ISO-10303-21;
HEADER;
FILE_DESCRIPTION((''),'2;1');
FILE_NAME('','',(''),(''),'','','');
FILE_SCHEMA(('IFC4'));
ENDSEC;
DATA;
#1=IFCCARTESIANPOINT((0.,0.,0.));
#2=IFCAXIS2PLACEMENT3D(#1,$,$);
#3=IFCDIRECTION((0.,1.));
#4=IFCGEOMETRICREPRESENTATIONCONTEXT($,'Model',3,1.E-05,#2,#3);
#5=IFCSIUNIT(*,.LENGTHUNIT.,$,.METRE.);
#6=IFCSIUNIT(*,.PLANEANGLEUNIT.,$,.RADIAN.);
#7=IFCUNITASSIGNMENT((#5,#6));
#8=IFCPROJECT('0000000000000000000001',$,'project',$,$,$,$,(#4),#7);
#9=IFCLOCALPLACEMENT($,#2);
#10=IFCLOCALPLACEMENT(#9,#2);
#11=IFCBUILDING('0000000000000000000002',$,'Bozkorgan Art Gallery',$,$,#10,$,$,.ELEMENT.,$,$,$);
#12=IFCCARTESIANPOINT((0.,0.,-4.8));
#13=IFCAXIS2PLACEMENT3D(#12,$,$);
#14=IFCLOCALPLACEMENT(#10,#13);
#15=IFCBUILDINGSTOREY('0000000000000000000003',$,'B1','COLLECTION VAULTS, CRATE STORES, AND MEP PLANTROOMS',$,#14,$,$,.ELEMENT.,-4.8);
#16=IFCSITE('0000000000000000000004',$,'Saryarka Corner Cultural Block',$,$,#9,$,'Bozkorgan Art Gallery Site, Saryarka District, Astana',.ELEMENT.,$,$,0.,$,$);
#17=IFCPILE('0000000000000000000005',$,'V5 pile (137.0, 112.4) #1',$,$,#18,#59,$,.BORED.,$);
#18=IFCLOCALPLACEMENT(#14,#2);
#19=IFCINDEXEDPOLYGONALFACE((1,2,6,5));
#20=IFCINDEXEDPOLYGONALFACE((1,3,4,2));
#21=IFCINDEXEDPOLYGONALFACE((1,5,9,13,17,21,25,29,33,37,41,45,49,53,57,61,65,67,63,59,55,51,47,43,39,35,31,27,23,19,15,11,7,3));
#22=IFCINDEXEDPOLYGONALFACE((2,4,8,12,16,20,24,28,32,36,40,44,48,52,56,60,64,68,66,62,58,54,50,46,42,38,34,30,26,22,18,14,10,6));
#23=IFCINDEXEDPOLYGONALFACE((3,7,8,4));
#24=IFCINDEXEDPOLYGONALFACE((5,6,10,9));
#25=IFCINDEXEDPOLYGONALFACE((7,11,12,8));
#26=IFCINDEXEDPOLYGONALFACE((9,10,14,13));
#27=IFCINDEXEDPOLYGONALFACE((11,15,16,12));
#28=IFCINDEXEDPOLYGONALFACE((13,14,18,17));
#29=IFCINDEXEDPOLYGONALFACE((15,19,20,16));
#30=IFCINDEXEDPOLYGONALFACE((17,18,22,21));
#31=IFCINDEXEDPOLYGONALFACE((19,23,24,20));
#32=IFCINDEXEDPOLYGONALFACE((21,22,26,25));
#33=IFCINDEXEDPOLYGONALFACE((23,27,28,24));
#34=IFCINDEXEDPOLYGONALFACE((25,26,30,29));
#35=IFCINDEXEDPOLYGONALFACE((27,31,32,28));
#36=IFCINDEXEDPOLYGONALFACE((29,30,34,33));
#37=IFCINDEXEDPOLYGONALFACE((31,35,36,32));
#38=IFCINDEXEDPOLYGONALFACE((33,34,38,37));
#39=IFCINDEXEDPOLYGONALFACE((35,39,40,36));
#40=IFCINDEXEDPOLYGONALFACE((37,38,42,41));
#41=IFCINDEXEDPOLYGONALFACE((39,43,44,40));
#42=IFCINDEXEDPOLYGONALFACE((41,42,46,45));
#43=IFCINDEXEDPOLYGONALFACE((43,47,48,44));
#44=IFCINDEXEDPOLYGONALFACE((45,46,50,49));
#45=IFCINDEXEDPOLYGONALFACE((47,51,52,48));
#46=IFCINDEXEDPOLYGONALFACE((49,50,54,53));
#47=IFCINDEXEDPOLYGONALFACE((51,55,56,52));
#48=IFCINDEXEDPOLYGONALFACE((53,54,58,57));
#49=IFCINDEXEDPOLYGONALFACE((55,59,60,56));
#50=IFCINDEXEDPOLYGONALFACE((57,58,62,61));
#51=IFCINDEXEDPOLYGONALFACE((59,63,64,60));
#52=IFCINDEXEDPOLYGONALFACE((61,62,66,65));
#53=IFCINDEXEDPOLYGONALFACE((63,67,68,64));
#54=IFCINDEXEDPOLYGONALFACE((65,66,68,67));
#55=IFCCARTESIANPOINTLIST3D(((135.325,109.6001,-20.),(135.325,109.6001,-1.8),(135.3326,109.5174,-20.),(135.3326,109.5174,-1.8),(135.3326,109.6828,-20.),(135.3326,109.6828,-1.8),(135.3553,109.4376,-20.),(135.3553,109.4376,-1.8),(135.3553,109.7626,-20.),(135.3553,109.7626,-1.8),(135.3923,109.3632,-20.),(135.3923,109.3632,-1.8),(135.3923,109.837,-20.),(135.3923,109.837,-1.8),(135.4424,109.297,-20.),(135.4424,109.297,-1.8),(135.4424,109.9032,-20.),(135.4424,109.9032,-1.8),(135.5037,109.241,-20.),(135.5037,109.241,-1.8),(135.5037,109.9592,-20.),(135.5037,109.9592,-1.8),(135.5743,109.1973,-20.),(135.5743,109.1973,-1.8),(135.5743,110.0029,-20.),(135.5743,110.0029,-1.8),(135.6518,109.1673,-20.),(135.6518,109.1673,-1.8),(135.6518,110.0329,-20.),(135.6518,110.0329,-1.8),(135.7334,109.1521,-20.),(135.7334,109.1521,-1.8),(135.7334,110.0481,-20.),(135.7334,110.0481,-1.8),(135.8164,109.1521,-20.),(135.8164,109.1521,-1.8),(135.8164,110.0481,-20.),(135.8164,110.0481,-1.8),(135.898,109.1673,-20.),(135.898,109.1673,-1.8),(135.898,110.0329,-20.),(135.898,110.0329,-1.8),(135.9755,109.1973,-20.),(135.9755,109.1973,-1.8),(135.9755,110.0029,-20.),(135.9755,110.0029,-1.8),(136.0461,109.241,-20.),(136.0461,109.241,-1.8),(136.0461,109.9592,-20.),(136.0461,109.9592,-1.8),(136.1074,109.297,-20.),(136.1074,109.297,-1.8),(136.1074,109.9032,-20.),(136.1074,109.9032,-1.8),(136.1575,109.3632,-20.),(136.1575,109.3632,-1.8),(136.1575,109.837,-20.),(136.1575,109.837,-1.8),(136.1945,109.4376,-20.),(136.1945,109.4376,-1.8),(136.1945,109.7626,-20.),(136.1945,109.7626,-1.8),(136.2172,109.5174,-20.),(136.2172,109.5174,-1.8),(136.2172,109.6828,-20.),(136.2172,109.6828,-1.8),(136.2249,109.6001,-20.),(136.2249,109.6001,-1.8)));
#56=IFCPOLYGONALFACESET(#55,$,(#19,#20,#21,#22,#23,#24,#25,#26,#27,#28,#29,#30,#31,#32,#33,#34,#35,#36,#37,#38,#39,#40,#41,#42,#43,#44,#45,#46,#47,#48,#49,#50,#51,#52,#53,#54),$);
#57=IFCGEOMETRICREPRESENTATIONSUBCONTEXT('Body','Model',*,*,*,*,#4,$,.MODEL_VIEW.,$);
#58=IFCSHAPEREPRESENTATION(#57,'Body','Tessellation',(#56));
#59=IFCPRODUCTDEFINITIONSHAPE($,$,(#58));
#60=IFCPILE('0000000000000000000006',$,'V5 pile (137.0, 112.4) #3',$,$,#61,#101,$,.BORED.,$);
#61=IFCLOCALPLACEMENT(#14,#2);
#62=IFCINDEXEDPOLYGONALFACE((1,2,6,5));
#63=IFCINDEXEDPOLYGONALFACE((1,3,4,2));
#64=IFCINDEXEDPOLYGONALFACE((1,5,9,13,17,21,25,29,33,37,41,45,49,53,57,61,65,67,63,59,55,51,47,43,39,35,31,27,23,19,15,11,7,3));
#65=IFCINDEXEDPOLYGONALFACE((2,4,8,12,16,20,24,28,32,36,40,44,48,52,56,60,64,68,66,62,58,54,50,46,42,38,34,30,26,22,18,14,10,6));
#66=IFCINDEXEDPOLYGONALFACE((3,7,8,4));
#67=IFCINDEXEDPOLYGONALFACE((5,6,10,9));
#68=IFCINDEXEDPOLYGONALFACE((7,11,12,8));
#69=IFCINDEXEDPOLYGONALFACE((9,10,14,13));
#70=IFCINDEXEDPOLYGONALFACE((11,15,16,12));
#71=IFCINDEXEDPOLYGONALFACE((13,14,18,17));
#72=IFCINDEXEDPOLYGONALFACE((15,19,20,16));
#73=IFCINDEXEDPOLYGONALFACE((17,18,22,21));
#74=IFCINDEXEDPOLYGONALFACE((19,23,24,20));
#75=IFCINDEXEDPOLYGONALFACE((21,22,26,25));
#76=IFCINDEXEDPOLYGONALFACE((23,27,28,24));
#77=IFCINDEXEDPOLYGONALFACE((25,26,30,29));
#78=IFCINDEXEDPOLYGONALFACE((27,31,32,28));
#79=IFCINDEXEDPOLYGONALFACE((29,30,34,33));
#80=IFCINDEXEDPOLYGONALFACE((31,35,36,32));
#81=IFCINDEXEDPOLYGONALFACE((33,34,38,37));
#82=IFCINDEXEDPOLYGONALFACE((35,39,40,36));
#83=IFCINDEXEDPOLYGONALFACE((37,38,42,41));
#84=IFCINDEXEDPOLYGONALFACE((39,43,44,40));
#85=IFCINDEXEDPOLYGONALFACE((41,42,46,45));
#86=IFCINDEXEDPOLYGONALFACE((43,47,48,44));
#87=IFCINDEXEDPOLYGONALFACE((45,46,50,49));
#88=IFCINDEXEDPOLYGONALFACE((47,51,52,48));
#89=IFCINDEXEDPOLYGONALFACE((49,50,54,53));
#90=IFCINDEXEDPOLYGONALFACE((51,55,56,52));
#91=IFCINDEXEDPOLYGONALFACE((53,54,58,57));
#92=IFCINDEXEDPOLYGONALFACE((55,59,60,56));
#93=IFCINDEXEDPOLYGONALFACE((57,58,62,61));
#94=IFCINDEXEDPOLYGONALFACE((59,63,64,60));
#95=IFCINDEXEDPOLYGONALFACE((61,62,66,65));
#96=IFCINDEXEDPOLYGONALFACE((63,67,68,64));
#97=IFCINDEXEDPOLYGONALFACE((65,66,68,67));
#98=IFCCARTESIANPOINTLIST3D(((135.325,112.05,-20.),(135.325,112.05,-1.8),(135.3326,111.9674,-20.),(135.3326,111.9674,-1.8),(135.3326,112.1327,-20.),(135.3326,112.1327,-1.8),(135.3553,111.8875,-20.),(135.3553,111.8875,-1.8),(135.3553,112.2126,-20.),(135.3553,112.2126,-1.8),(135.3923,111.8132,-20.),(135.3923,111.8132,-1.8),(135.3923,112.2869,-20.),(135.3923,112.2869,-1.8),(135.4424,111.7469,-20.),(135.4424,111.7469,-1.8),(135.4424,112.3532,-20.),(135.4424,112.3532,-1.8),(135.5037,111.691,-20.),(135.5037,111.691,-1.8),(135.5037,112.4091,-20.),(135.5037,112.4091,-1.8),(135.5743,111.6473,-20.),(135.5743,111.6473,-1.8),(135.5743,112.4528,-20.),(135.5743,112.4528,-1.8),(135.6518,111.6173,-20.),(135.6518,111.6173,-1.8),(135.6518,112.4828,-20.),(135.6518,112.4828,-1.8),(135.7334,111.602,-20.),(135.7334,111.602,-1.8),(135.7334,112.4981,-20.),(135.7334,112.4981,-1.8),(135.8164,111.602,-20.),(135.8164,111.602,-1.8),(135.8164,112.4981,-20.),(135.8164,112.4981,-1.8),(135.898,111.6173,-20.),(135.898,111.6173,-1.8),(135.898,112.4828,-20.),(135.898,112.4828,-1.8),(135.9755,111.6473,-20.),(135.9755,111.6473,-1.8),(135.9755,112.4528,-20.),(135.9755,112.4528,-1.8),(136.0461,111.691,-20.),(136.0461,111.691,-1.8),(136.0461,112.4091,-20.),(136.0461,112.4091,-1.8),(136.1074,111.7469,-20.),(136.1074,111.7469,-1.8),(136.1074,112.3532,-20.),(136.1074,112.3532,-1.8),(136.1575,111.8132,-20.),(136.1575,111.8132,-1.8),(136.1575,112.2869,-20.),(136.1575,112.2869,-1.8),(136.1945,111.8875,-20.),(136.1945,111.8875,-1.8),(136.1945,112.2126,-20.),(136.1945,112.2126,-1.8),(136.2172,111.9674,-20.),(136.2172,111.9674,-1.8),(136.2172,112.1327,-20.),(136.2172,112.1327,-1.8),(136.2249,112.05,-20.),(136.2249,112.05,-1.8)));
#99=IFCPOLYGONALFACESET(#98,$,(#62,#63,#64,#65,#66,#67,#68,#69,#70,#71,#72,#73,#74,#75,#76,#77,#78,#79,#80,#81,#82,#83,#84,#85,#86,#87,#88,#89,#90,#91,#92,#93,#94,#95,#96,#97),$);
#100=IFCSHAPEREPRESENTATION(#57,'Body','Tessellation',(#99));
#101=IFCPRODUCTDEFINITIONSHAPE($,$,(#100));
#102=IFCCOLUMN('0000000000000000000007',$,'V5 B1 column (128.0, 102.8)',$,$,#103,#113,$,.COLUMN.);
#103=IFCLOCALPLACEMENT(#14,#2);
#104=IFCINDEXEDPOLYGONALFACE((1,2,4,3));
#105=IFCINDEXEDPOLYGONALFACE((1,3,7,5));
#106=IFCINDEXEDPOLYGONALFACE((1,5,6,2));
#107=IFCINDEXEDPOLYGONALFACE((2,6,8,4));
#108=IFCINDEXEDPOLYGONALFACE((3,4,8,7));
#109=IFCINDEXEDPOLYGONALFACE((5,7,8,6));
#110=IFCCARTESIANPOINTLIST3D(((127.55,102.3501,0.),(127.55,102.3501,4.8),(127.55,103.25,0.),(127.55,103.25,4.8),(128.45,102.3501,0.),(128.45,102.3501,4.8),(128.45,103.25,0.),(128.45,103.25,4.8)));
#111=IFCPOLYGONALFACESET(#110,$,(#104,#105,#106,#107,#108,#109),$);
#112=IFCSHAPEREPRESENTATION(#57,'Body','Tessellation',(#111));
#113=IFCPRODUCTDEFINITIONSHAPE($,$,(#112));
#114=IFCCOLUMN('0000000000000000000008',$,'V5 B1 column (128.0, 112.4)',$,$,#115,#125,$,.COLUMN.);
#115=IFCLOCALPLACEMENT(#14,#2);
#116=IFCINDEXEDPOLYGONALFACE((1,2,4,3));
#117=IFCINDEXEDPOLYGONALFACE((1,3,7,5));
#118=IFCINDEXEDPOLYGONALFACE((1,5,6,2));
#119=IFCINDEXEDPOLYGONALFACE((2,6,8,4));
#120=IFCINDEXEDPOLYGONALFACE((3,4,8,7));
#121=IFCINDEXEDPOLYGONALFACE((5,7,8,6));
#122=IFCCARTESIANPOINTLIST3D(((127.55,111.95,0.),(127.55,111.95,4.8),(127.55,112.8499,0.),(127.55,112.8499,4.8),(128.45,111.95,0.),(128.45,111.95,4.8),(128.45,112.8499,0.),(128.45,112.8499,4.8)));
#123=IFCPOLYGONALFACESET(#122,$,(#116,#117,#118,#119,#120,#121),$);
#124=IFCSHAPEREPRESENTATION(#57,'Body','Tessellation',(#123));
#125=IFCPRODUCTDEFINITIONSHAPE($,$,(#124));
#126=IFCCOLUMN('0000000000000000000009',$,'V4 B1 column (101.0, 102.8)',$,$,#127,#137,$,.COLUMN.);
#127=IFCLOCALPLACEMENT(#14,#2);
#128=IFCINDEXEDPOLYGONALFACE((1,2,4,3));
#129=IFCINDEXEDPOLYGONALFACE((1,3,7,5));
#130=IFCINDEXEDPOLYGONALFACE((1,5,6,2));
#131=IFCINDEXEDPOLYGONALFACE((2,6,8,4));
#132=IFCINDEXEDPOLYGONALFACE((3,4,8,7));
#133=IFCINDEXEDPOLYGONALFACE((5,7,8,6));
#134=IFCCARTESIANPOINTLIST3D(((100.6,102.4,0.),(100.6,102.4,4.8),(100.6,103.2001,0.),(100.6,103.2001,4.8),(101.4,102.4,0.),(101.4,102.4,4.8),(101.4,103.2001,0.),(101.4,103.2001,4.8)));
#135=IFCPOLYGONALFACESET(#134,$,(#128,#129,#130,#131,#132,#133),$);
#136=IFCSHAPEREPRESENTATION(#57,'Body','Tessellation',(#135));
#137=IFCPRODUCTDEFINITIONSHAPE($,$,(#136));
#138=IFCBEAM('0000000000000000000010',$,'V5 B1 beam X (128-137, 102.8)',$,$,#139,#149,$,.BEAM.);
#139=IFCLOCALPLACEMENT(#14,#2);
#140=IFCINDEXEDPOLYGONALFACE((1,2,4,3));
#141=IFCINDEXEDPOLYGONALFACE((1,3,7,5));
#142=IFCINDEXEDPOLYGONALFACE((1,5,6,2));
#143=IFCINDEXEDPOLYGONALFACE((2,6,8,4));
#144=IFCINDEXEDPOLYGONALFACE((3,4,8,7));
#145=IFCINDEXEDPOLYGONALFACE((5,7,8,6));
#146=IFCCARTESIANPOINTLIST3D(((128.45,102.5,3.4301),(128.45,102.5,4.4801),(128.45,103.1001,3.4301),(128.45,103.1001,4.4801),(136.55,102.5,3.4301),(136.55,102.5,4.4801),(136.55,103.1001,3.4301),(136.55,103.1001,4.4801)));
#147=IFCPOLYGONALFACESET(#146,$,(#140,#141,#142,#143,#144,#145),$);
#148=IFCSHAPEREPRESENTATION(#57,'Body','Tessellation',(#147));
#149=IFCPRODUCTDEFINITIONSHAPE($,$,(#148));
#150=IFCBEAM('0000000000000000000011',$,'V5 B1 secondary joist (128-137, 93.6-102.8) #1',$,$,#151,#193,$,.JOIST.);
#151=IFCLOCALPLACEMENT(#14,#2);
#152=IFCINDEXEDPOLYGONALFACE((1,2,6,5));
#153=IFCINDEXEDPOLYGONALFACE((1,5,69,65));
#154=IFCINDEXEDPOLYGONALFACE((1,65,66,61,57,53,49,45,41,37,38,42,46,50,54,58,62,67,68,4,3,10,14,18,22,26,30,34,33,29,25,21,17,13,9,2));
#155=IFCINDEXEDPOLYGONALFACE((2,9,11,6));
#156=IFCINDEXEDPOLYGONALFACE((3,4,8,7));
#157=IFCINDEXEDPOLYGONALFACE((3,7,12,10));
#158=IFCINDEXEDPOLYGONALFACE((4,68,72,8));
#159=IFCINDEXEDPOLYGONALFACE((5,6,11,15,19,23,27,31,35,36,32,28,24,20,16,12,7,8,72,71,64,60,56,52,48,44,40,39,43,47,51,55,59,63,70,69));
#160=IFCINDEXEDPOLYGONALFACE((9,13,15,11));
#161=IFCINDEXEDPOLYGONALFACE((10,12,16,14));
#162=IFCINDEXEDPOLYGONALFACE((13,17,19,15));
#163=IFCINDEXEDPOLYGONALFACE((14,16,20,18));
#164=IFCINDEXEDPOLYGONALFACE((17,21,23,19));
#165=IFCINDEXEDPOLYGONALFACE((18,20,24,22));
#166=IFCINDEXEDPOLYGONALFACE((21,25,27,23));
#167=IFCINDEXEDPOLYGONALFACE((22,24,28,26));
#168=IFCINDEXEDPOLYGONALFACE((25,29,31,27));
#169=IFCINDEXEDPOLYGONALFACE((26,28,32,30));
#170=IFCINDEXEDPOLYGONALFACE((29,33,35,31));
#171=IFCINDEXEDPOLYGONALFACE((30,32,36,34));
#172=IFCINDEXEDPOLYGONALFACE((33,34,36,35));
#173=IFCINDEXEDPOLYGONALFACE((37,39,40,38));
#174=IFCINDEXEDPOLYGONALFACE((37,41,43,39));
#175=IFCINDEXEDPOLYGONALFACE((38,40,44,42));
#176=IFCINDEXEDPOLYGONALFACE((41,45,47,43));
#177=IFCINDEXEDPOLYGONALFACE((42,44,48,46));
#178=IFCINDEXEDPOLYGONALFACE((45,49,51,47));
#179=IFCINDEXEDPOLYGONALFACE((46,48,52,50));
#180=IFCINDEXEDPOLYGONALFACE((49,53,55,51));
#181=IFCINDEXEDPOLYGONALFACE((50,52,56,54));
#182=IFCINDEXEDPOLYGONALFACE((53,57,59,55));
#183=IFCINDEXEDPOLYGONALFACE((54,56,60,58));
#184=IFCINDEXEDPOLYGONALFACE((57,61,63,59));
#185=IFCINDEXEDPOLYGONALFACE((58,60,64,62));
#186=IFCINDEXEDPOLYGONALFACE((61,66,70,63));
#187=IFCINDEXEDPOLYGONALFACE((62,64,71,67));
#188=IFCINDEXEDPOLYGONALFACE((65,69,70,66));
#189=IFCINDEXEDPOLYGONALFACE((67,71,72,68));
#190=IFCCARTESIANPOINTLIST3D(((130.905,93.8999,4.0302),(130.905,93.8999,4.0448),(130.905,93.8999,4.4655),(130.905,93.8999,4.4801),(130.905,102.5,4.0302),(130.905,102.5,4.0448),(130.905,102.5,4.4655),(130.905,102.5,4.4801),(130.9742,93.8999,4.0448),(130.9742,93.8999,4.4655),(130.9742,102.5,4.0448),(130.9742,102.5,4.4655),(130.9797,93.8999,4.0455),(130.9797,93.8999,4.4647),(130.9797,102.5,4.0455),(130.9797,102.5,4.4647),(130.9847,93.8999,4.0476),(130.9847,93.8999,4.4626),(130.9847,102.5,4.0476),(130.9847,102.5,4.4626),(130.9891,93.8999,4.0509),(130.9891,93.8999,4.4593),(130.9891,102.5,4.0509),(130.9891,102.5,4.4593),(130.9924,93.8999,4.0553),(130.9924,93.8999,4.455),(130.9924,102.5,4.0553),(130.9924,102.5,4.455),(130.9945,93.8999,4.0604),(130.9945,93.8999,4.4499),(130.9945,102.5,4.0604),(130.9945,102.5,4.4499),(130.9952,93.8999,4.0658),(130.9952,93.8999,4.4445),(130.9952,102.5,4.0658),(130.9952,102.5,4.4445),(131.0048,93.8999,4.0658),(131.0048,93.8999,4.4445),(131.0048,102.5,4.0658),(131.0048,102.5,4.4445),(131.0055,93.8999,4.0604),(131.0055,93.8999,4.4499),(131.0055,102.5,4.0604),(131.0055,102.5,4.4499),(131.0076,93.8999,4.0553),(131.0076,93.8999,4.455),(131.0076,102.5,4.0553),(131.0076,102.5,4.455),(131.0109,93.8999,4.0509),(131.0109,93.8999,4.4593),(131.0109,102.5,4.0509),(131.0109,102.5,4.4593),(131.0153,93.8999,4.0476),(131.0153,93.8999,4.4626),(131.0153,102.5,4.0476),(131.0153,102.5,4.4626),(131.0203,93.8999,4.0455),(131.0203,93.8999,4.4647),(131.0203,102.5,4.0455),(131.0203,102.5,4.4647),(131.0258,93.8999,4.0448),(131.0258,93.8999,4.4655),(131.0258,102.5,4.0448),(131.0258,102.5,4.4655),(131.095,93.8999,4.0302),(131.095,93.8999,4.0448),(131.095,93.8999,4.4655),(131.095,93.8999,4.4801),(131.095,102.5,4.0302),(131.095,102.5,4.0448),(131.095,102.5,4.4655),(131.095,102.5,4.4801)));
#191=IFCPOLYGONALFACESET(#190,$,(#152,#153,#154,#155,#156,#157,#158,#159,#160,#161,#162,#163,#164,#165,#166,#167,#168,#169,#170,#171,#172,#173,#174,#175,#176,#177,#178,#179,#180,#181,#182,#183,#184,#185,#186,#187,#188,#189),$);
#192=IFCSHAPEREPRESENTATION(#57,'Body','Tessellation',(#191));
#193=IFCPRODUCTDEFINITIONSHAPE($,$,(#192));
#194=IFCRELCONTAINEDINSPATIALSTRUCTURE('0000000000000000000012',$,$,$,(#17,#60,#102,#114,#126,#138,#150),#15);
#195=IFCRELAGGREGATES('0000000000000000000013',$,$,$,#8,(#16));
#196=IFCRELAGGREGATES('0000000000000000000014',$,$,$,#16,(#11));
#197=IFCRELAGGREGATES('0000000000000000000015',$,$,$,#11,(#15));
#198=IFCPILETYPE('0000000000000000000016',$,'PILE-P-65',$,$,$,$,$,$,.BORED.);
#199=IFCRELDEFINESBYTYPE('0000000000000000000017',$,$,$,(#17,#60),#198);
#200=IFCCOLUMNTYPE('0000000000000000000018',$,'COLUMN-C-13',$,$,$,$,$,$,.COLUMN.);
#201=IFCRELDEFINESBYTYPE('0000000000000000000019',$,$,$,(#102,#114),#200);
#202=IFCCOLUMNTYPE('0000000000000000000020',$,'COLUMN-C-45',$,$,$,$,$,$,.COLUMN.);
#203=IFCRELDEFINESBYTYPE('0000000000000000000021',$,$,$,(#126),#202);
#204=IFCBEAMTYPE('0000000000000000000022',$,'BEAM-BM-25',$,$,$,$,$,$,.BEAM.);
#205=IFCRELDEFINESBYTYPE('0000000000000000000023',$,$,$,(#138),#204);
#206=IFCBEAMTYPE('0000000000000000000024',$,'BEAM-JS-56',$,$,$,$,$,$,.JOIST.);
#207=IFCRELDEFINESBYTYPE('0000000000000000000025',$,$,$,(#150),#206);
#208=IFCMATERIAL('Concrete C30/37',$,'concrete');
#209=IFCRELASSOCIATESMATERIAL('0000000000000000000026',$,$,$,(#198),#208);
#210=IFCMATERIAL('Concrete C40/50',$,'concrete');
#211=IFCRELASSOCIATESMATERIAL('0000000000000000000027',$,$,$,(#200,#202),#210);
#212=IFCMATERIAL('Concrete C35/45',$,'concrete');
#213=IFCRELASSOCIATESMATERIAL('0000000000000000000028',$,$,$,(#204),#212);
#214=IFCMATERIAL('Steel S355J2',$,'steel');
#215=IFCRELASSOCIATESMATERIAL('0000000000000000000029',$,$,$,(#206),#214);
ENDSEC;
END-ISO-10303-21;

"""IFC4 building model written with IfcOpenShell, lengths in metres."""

from ifc_helpers import new_model, si_unit, direction, frame, origin, origin_2d, place, context, subcontext, project, spatial, rectangle, circle, i_section, extrude, material, material_profile, profile_set, type_object, element, save


model = new_model("IFC4")

# Units and contexts
model_context = context("Model", 3, precision=1e-05, world=origin(), true_north=direction((0.0, 1.0)))
body_context = subcontext(model_context, "Body", "Model", "MODEL_VIEW")
ifc_project = project(units=[si_unit("LENGTHUNIT", "METRE"), si_unit("PLANEANGLEUNIT", "RADIAN")], contexts=[model_context])

# Site, building, storey
site_placement = place(None, origin())
site = spatial("IfcSite", under=ifc_project, at=site_placement, Name="Saryarka Corner Cultural Block", LongName="Bozkorgan Art Gallery Site, Saryarka District, Astana", CompositionType="ELEMENT", RefElevation=0.0)
building_placement = place(site_placement, origin())
building = spatial("IfcBuilding", under=site, at=building_placement, Name="Bozkorgan Art Gallery", CompositionType="ELEMENT")
storey_placement = place(building_placement, frame((0.0, 0.0, -4.8)))
storey = spatial("IfcBuildingStorey", under=building, at=storey_placement, Name="B1", Description="COLLECTION VAULTS, CRATE STORES, AND MEP PLANTROOMS", CompositionType="ELEMENT", Elevation=-4.8)

# Shared definitions
ifc_material_1 = material(Name="Concrete C30/37", Category="concrete")

# Piles
ifc_material_profile_1 = material_profile(ifc_material_1, circle(Radius=0.45, at=origin_2d()), Name="PILE D900")
ifc_profile_set_1 = profile_set([ifc_material_profile_1], Name="Concrete C30/37")
pile_type_1 = type_object("IfcPileType", Name="PILE-P-65", PredefinedType="BORED", material=ifc_profile_set_1)
for number, where, z_axis, x_axis, name in (
    (1, (135.7749, 109.6001, -1.8), (0.0, 0.0, -1.0), (1.0, 0.0, 0.0), "V5 pile (137.0, 112.4) #1"),
    (2, (135.7749, 112.05, -1.8), (0.0, 0.0, -1.0), (1.0, 0.0, 0.0), "V5 pile (137.0, 112.4) #3"),
):
    element("IfcPile", number, at=place(storey_placement, frame(where, z_axis=z_axis, x_axis=x_axis)), inside=storey, type_object=pile_type_1, Name=name, PredefinedType="BORED", context=body_context, shape_type="SweptSolid", body=[
        extrude(circle(Radius=0.45, at=origin_2d()), origin(), (0.0, 0.0, 1.0), 18.2),
    ])

# Columns
ifc_material_2 = material(Name="Concrete C40/50", Category="concrete")
ifc_material_profile_2 = material_profile(ifc_material_2, rectangle(XDim=0.8999, YDim=0.8999, at=origin_2d()), Name="RC 900x900")
ifc_profile_set_2 = profile_set([ifc_material_profile_2], Name="Concrete C40/50")
column_type_1 = type_object("IfcColumnType", Name="COLUMN-C-13", PredefinedType="COLUMN", material=ifc_profile_set_2)
for number, where, z_axis, x_axis, name in (
    (3, (128.0, 102.8, 0.0), (0.0, 0.0, 1.0), (1.0, 0.0, 0.0), "V5 B1 column (128.0, 102.8)"),
    (4, (128.0, 112.3999, 0.0), (0.0, 0.0, 1.0), (1.0, 0.0, 0.0), "V5 B1 column (128.0, 112.4)"),
):
    element("IfcColumn", number, at=place(storey_placement, frame(where, z_axis=z_axis, x_axis=x_axis)), inside=storey, type_object=column_type_1, Name=name, PredefinedType="COLUMN", context=body_context, shape_type="SweptSolid", body=[
        extrude(rectangle(XDim=0.8999, YDim=0.8999, at=origin_2d()), origin(), (0.0, 0.0, 1.0), 4.8),
    ])
ifc_material_profile_3 = material_profile(ifc_material_2, rectangle(XDim=0.8, YDim=0.8, at=origin_2d()), Name="RC 800x800")
ifc_profile_set_3 = profile_set([ifc_material_profile_3], Name="Concrete C40/50")
column_type_2 = type_object("IfcColumnType", Name="COLUMN-C-45", PredefinedType="COLUMN", material=ifc_profile_set_3)
column_placement = place(storey_placement, frame((101.0, 102.8, 0.0), z_axis=(0.0, 0.0, 1.0), x_axis=(1.0, 0.0, 0.0)))
element("IfcColumn", 5, at=column_placement, inside=storey, type_object=column_type_2, Name="V4 B1 column (101.0, 102.8)", PredefinedType="COLUMN", context=body_context, shape_type="SweptSolid", body=[
    extrude(rectangle(XDim=0.8, YDim=0.8, at=origin_2d()), origin(), (0.0, 0.0, 1.0), 4.8),
])

# Beams
ifc_material_3 = material(Name="Concrete C35/45", Category="concrete")
ifc_material_profile_4 = material_profile(ifc_material_3, rectangle(XDim=0.6001, YDim=1.05, at=origin_2d()), Name="RC 600x1050")
ifc_profile_set_4 = profile_set([ifc_material_profile_4], Name="Concrete C35/45")
beam_type_1 = type_object("IfcBeamType", Name="BEAM-BM-25", PredefinedType="BEAM", material=ifc_profile_set_4)
beam_1_placement = place(storey_placement, frame((128.45, 102.8, 3.9551), z_axis=(1.0, 0.0, 0.0), x_axis=(0.0, 1.0, 0.0)))
element("IfcBeam", 6, at=beam_1_placement, inside=storey, type_object=beam_type_1, Name="V5 B1 beam X (128-137, 102.8)", PredefinedType="BEAM", context=body_context, shape_type="SweptSolid", body=[
    extrude(rectangle(XDim=0.6001, YDim=1.05, at=origin_2d()), origin(), (0.0, 0.0, 1.0), 8.1001),
])
ifc_material_4 = material(Name="Steel S355J2", Category="steel")
ifc_material_profile_5 = material_profile(ifc_material_4, i_section(OverallWidth=0.1899, OverallDepth=0.45, WebThickness=0.0095, FlangeThickness=0.0146, FilletRadius=0.021, at=origin_2d()), Name="IPE 450")
ifc_profile_set_5 = profile_set([ifc_material_profile_5], Name="Steel S355J2")
beam_type_2 = type_object("IfcBeamType", Name="BEAM-JS-56", PredefinedType="JOIST", material=ifc_profile_set_5)
for number, where, z_axis, x_axis, name in (
    (7, (131.0, 93.8999, 4.2551), (0.0, 1.0, 0.0), (-1.0, 0.0, 0.0), "V5 B1 secondary joist (128-137, 93.6-102.8) #1"),
):
    element("IfcBeam", number, at=place(storey_placement, frame(where, z_axis=z_axis, x_axis=x_axis)), inside=storey, type_object=beam_type_2, Name=name, PredefinedType="JOIST", context=body_context, shape_type="SweptSolid", body=[
        extrude(i_section(OverallWidth=0.1899, OverallDepth=0.45, WebThickness=0.0095, FlangeThickness=0.0146, FilletRadius=0.021, at=origin_2d()), origin(), (0.0, 0.0, 1.0), 8.6001),
    ])

save(model, "model.ifc")
